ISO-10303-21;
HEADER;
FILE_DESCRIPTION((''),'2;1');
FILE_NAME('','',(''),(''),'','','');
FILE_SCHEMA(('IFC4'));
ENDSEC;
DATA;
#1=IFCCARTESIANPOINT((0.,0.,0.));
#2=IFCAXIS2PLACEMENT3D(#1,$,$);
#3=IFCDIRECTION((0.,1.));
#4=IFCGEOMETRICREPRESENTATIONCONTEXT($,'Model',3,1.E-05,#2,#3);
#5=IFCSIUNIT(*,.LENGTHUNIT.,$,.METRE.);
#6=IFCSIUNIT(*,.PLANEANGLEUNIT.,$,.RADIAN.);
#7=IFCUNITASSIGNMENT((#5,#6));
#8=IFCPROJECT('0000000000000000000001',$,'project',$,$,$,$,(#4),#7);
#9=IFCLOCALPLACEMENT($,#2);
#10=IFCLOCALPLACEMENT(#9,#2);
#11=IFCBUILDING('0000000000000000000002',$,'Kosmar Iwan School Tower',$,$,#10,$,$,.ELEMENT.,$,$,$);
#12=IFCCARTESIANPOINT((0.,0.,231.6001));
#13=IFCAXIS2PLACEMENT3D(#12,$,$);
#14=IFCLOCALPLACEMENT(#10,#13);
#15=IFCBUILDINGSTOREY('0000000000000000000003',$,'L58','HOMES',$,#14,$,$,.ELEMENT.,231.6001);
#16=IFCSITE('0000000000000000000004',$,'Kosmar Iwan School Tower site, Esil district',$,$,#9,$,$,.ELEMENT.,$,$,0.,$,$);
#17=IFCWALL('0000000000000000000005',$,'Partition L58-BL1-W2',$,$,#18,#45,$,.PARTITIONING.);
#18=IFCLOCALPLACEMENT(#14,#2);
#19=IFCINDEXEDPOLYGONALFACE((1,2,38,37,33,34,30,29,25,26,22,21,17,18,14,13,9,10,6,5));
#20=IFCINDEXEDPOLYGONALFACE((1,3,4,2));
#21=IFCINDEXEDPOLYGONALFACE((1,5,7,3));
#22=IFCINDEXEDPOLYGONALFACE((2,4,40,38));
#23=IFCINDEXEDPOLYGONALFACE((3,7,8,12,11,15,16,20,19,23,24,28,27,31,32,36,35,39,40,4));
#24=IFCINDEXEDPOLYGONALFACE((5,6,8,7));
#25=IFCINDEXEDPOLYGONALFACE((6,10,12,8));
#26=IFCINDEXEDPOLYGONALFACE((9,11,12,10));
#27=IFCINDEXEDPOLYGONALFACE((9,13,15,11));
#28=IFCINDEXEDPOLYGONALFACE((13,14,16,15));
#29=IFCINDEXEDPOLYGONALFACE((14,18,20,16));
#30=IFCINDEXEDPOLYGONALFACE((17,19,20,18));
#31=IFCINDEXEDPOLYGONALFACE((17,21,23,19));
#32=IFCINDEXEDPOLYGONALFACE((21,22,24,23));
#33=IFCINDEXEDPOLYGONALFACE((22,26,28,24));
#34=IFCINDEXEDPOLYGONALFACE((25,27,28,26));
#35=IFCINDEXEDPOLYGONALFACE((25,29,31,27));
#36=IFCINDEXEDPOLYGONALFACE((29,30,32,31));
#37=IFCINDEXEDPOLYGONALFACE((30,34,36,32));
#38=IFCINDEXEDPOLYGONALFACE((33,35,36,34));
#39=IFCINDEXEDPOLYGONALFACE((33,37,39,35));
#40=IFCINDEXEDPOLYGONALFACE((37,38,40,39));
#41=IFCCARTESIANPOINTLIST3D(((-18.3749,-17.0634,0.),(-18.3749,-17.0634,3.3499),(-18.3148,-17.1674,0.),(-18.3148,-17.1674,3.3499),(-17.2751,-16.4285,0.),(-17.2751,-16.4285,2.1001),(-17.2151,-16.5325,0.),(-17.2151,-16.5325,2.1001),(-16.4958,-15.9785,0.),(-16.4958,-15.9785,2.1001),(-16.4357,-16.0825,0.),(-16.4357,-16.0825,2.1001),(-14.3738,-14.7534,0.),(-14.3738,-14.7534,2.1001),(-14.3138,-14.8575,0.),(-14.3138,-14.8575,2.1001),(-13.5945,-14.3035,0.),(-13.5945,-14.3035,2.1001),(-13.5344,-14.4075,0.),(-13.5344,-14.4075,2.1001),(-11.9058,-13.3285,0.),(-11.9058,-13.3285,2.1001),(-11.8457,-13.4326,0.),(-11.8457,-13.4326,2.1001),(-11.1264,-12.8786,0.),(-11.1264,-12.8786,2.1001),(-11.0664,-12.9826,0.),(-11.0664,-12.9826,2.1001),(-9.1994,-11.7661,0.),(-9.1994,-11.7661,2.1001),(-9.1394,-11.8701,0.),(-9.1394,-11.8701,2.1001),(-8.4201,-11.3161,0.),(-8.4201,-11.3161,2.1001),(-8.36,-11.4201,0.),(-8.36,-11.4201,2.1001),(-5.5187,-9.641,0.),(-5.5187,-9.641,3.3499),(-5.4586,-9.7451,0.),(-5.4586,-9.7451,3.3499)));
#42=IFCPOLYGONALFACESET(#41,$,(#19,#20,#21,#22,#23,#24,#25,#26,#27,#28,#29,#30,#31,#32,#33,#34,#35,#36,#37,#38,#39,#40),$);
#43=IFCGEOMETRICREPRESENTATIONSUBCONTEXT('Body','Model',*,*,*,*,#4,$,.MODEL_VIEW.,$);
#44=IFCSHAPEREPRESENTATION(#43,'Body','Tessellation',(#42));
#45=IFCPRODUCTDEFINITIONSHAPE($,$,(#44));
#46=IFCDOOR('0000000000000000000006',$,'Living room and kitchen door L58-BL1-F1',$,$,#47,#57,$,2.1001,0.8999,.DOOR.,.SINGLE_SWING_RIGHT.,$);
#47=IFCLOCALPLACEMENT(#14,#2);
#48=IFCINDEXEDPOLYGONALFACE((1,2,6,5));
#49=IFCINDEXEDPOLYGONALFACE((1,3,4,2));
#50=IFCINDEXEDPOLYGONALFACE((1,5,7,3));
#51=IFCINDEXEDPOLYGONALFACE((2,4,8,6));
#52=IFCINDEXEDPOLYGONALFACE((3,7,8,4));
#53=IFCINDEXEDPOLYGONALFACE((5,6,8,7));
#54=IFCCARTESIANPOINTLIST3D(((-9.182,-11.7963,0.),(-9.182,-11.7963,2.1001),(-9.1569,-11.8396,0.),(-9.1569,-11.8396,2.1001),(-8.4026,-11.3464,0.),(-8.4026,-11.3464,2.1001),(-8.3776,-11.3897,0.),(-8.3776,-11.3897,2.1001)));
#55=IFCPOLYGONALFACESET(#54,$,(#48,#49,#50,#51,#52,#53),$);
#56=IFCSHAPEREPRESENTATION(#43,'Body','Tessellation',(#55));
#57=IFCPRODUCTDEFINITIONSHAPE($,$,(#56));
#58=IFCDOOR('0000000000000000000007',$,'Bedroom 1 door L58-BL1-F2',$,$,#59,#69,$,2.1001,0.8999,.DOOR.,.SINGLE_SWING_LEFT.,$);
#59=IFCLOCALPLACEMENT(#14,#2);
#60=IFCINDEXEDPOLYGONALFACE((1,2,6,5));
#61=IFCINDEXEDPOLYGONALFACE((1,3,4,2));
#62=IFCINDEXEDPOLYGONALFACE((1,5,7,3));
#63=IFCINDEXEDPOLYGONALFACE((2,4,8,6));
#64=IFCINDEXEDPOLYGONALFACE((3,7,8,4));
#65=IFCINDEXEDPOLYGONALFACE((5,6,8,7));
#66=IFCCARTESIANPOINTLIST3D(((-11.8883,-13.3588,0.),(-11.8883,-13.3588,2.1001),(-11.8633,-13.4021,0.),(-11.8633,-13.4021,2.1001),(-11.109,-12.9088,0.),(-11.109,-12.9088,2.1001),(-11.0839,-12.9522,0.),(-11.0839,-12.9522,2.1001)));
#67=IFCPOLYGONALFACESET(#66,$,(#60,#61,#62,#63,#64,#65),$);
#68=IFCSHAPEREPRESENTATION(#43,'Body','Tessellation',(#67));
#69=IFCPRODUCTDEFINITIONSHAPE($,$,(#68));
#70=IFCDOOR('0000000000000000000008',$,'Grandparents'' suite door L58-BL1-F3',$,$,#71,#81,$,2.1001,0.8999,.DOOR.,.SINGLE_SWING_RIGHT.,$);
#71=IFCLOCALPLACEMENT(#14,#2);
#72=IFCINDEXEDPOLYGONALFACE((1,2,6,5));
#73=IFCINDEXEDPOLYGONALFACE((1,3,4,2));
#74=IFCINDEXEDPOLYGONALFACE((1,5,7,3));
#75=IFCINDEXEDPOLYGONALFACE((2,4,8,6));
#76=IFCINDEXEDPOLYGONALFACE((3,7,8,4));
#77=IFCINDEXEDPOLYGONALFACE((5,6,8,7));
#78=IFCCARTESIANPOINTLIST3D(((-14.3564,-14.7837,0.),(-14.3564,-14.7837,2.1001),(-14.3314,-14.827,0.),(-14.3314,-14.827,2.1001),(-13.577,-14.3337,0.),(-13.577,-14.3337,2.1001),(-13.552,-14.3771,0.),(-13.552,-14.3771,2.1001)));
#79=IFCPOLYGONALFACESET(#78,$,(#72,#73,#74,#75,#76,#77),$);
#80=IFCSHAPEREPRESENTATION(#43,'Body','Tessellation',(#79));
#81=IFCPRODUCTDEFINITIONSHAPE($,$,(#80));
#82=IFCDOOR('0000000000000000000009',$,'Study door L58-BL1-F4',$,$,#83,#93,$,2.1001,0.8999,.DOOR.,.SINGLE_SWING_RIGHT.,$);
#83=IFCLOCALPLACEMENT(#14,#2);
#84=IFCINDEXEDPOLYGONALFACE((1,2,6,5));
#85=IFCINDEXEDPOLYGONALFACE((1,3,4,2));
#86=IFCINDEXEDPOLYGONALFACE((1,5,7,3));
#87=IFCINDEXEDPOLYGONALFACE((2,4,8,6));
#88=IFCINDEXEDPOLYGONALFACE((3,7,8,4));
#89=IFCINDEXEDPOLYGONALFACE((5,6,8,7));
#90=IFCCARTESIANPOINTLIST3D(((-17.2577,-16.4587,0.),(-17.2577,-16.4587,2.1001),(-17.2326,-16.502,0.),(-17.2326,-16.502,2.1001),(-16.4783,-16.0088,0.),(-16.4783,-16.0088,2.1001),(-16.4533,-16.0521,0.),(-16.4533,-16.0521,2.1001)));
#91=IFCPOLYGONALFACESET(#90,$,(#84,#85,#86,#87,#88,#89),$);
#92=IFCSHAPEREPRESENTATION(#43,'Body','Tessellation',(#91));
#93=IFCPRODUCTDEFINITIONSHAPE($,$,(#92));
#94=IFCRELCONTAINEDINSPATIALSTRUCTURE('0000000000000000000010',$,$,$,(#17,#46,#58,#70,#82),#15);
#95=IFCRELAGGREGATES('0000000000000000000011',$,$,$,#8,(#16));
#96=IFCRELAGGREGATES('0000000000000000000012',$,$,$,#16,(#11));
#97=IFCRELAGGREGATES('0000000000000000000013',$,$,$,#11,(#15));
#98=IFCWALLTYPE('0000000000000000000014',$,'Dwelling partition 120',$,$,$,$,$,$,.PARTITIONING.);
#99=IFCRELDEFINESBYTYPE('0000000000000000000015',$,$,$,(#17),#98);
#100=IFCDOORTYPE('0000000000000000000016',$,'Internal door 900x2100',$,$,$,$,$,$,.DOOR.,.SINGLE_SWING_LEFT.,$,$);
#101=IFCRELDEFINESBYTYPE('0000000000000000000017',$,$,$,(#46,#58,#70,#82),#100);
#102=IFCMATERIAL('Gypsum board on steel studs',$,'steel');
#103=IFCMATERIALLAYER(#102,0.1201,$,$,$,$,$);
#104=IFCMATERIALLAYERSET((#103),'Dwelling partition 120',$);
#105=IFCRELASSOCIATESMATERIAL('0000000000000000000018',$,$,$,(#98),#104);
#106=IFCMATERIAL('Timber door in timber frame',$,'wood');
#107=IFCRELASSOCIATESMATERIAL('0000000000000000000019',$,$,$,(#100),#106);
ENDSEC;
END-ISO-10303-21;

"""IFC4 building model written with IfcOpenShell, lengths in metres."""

from ifc_helpers import new_model, si_unit, direction, frame, frame_2d, origin, place, context, subcontext, project, spatial, rectangle, extrude, material, layer, layer_set, type_object, element, fill, save


model = new_model("IFC4")

# Units and contexts
model_context = context("Model", 3, precision=1e-05, world=origin(), true_north=direction((0.0, 1.0)))
body_context = subcontext(model_context, "Body", "Model", "MODEL_VIEW")
ifc_project = project(units=[si_unit("LENGTHUNIT", "METRE"), si_unit("PLANEANGLEUNIT", "RADIAN")], contexts=[model_context])

# Site, building, storey
site_placement = place(None, origin())
site = spatial("IfcSite", under=ifc_project, at=site_placement, Name="Kosmar Iwan School Tower site, Esil district", CompositionType="ELEMENT", RefElevation=0.0)
building_placement = place(site_placement, origin())
building = spatial("IfcBuilding", under=site, at=building_placement, Name="Kosmar Iwan School Tower", CompositionType="ELEMENT")
storey_placement = place(building_placement, frame((0.0, 0.0, 231.6001)))
storey = spatial("IfcBuildingStorey", under=building, at=storey_placement, Name="L58", Description="HOMES", CompositionType="ELEMENT", Elevation=231.6001)

# Wall, openings, doors
ifc_material_1 = material(Name="Gypsum board on steel studs", Category="steel")
ifc_layer_1 = layer(ifc_material_1, 0.1201)
ifc_layer_set_1 = layer_set([ifc_layer_1], Name="Dwelling partition 120")
wall_type_1 = type_object("IfcWallType", Name="Dwelling partition 120", PredefinedType="PARTITIONING", material=ifc_layer_set_1)
ifc_material_2 = material(Name="Timber door in timber frame", Category="wood")
door_type_1 = type_object("IfcDoorType", Name="Internal door 900x2100", OperationType="SINGLE_SWING_LEFT", PredefinedType="DOOR", material=ifc_material_2)
wall_1_placement = place(storey_placement, frame((-5.4888, -9.6931, 0.0), z_axis=(0.0, 0.0, 1.0), x_axis=(-0.86603, -0.499992, 0.0)))
wall_1 = element("IfcWall", 1, at=wall_1_placement, inside=storey, type_object=wall_type_1, Name="Partition L58-BL1-W2", PredefinedType="PARTITIONING", context=body_context, shape_type="SweptSolid", body=[
    extrude(rectangle(XDim=14.845, YDim=0.1201, at=frame_2d((7.4224, 0.0))), origin(), (0.0, 0.0, 1.0), 3.3499),
])
opening_1_placement = place(wall_1_placement, frame((3.3501, 0.0, 0.0)))
opening_1 = element("IfcOpeningElement", 2, at=opening_1_placement, cuts=wall_1, PredefinedType="OPENING", context=body_context, shape_type="SweptSolid", body=[
    extrude(rectangle(XDim=0.8999, YDim=2.1001, at=frame_2d((0.45, 1.05))), frame((0.0, 0.072, 0.0), z_axis=(0.0, -1.0, 0.0), x_axis=(1.0, 0.0, 0.0)), (0.0, 0.0, 1.0), 0.144),
])
opening_2_placement = place(wall_1_placement, frame((6.4751, 0.0, 0.0)))
opening_2 = element("IfcOpeningElement", 3, at=opening_2_placement, cuts=wall_1, PredefinedType="OPENING", context=body_context, shape_type="SweptSolid", body=[
    extrude(rectangle(XDim=0.8999, YDim=2.1001, at=frame_2d((0.45, 1.05))), frame((0.0, 0.072, 0.0), z_axis=(0.0, -1.0, 0.0), x_axis=(1.0, 0.0, 0.0)), (0.0, 0.0, 1.0), 0.144),
])
opening_3_placement = place(wall_1_placement, frame((9.325, 0.0, 0.0)))
opening_3 = element("IfcOpeningElement", 4, at=opening_3_placement, cuts=wall_1, PredefinedType="OPENING", context=body_context, shape_type="SweptSolid", body=[
    extrude(rectangle(XDim=0.8999, YDim=2.1001, at=frame_2d((0.45, 1.05))), frame((0.0, 0.072, 0.0), z_axis=(0.0, -1.0, 0.0), x_axis=(1.0, 0.0, 0.0)), (0.0, 0.0, 1.0), 0.144),
])
opening_4_placement = place(wall_1_placement, frame((12.675, 0.0, 0.0)))
opening_4 = element("IfcOpeningElement", 5, at=opening_4_placement, cuts=wall_1, PredefinedType="OPENING", context=body_context, shape_type="SweptSolid", body=[
    extrude(rectangle(XDim=0.8999, YDim=2.1001, at=frame_2d((0.45, 1.05))), frame((0.0, 0.072, 0.0), z_axis=(0.0, -1.0, 0.0), x_axis=(1.0, 0.0, 0.0)), (0.0, 0.0, 1.0), 0.144),
])
door_1_placement = place(opening_1_placement, origin())
door_1 = element("IfcDoor", 6, at=door_1_placement, inside=storey, type_object=door_type_1, Name="Living room and kitchen door L58-BL1-F1", OperationType="SINGLE_SWING_RIGHT", OverallHeight=2.1001, OverallWidth=0.8999, PredefinedType="DOOR", context=body_context, shape_type="SweptSolid", body=[
    extrude(rectangle(XDim=0.8999, YDim=2.1001, at=frame_2d((0.45, 1.05))), frame((0.0, 0.0249, 0.0), z_axis=(0.0, -1.0, 0.0), x_axis=(1.0, 0.0, 0.0)), (0.0, 0.0, 1.0), 0.05),
])
fill(opening_1, door_1)
door_2_placement = place(opening_2_placement, origin())
door_2 = element("IfcDoor", 7, at=door_2_placement, inside=storey, type_object=door_type_1, Name="Bedroom 1 door L58-BL1-F2", OperationType="SINGLE_SWING_LEFT", OverallHeight=2.1001, OverallWidth=0.8999, PredefinedType="DOOR", context=body_context, shape_type="SweptSolid", body=[
    extrude(rectangle(XDim=0.8999, YDim=2.1001, at=frame_2d((0.45, 1.05))), frame((0.0, 0.0249, 0.0), z_axis=(0.0, -1.0, 0.0), x_axis=(1.0, 0.0, 0.0)), (0.0, 0.0, 1.0), 0.05),
])
fill(opening_2, door_2)
door_3_placement = place(opening_3_placement, origin())
door_3 = element("IfcDoor", 8, at=door_3_placement, inside=storey, type_object=door_type_1, Name="Grandparents' suite door L58-BL1-F3", OperationType="SINGLE_SWING_RIGHT", OverallHeight=2.1001, OverallWidth=0.8999, PredefinedType="DOOR", context=body_context, shape_type="SweptSolid", body=[
    extrude(rectangle(XDim=0.8999, YDim=2.1001, at=frame_2d((0.45, 1.05))), frame((0.0, 0.0249, 0.0), z_axis=(0.0, -1.0, 0.0), x_axis=(1.0, 0.0, 0.0)), (0.0, 0.0, 1.0), 0.05),
])
fill(opening_3, door_3)
door_4_placement = place(opening_4_placement, origin())
door_4 = element("IfcDoor", 9, at=door_4_placement, inside=storey, type_object=door_type_1, Name="Study door L58-BL1-F4", OperationType="SINGLE_SWING_RIGHT", OverallHeight=2.1001, OverallWidth=0.8999, PredefinedType="DOOR", context=body_context, shape_type="SweptSolid", body=[
    extrude(rectangle(XDim=0.8999, YDim=2.1001, at=frame_2d((0.45, 1.05))), frame((0.0, 0.0249, 0.0), z_axis=(0.0, -1.0, 0.0), x_axis=(1.0, 0.0, 0.0)), (0.0, 0.0, 1.0), 0.05),
])
fill(opening_4, door_4)

save(model, "model.ifc")
